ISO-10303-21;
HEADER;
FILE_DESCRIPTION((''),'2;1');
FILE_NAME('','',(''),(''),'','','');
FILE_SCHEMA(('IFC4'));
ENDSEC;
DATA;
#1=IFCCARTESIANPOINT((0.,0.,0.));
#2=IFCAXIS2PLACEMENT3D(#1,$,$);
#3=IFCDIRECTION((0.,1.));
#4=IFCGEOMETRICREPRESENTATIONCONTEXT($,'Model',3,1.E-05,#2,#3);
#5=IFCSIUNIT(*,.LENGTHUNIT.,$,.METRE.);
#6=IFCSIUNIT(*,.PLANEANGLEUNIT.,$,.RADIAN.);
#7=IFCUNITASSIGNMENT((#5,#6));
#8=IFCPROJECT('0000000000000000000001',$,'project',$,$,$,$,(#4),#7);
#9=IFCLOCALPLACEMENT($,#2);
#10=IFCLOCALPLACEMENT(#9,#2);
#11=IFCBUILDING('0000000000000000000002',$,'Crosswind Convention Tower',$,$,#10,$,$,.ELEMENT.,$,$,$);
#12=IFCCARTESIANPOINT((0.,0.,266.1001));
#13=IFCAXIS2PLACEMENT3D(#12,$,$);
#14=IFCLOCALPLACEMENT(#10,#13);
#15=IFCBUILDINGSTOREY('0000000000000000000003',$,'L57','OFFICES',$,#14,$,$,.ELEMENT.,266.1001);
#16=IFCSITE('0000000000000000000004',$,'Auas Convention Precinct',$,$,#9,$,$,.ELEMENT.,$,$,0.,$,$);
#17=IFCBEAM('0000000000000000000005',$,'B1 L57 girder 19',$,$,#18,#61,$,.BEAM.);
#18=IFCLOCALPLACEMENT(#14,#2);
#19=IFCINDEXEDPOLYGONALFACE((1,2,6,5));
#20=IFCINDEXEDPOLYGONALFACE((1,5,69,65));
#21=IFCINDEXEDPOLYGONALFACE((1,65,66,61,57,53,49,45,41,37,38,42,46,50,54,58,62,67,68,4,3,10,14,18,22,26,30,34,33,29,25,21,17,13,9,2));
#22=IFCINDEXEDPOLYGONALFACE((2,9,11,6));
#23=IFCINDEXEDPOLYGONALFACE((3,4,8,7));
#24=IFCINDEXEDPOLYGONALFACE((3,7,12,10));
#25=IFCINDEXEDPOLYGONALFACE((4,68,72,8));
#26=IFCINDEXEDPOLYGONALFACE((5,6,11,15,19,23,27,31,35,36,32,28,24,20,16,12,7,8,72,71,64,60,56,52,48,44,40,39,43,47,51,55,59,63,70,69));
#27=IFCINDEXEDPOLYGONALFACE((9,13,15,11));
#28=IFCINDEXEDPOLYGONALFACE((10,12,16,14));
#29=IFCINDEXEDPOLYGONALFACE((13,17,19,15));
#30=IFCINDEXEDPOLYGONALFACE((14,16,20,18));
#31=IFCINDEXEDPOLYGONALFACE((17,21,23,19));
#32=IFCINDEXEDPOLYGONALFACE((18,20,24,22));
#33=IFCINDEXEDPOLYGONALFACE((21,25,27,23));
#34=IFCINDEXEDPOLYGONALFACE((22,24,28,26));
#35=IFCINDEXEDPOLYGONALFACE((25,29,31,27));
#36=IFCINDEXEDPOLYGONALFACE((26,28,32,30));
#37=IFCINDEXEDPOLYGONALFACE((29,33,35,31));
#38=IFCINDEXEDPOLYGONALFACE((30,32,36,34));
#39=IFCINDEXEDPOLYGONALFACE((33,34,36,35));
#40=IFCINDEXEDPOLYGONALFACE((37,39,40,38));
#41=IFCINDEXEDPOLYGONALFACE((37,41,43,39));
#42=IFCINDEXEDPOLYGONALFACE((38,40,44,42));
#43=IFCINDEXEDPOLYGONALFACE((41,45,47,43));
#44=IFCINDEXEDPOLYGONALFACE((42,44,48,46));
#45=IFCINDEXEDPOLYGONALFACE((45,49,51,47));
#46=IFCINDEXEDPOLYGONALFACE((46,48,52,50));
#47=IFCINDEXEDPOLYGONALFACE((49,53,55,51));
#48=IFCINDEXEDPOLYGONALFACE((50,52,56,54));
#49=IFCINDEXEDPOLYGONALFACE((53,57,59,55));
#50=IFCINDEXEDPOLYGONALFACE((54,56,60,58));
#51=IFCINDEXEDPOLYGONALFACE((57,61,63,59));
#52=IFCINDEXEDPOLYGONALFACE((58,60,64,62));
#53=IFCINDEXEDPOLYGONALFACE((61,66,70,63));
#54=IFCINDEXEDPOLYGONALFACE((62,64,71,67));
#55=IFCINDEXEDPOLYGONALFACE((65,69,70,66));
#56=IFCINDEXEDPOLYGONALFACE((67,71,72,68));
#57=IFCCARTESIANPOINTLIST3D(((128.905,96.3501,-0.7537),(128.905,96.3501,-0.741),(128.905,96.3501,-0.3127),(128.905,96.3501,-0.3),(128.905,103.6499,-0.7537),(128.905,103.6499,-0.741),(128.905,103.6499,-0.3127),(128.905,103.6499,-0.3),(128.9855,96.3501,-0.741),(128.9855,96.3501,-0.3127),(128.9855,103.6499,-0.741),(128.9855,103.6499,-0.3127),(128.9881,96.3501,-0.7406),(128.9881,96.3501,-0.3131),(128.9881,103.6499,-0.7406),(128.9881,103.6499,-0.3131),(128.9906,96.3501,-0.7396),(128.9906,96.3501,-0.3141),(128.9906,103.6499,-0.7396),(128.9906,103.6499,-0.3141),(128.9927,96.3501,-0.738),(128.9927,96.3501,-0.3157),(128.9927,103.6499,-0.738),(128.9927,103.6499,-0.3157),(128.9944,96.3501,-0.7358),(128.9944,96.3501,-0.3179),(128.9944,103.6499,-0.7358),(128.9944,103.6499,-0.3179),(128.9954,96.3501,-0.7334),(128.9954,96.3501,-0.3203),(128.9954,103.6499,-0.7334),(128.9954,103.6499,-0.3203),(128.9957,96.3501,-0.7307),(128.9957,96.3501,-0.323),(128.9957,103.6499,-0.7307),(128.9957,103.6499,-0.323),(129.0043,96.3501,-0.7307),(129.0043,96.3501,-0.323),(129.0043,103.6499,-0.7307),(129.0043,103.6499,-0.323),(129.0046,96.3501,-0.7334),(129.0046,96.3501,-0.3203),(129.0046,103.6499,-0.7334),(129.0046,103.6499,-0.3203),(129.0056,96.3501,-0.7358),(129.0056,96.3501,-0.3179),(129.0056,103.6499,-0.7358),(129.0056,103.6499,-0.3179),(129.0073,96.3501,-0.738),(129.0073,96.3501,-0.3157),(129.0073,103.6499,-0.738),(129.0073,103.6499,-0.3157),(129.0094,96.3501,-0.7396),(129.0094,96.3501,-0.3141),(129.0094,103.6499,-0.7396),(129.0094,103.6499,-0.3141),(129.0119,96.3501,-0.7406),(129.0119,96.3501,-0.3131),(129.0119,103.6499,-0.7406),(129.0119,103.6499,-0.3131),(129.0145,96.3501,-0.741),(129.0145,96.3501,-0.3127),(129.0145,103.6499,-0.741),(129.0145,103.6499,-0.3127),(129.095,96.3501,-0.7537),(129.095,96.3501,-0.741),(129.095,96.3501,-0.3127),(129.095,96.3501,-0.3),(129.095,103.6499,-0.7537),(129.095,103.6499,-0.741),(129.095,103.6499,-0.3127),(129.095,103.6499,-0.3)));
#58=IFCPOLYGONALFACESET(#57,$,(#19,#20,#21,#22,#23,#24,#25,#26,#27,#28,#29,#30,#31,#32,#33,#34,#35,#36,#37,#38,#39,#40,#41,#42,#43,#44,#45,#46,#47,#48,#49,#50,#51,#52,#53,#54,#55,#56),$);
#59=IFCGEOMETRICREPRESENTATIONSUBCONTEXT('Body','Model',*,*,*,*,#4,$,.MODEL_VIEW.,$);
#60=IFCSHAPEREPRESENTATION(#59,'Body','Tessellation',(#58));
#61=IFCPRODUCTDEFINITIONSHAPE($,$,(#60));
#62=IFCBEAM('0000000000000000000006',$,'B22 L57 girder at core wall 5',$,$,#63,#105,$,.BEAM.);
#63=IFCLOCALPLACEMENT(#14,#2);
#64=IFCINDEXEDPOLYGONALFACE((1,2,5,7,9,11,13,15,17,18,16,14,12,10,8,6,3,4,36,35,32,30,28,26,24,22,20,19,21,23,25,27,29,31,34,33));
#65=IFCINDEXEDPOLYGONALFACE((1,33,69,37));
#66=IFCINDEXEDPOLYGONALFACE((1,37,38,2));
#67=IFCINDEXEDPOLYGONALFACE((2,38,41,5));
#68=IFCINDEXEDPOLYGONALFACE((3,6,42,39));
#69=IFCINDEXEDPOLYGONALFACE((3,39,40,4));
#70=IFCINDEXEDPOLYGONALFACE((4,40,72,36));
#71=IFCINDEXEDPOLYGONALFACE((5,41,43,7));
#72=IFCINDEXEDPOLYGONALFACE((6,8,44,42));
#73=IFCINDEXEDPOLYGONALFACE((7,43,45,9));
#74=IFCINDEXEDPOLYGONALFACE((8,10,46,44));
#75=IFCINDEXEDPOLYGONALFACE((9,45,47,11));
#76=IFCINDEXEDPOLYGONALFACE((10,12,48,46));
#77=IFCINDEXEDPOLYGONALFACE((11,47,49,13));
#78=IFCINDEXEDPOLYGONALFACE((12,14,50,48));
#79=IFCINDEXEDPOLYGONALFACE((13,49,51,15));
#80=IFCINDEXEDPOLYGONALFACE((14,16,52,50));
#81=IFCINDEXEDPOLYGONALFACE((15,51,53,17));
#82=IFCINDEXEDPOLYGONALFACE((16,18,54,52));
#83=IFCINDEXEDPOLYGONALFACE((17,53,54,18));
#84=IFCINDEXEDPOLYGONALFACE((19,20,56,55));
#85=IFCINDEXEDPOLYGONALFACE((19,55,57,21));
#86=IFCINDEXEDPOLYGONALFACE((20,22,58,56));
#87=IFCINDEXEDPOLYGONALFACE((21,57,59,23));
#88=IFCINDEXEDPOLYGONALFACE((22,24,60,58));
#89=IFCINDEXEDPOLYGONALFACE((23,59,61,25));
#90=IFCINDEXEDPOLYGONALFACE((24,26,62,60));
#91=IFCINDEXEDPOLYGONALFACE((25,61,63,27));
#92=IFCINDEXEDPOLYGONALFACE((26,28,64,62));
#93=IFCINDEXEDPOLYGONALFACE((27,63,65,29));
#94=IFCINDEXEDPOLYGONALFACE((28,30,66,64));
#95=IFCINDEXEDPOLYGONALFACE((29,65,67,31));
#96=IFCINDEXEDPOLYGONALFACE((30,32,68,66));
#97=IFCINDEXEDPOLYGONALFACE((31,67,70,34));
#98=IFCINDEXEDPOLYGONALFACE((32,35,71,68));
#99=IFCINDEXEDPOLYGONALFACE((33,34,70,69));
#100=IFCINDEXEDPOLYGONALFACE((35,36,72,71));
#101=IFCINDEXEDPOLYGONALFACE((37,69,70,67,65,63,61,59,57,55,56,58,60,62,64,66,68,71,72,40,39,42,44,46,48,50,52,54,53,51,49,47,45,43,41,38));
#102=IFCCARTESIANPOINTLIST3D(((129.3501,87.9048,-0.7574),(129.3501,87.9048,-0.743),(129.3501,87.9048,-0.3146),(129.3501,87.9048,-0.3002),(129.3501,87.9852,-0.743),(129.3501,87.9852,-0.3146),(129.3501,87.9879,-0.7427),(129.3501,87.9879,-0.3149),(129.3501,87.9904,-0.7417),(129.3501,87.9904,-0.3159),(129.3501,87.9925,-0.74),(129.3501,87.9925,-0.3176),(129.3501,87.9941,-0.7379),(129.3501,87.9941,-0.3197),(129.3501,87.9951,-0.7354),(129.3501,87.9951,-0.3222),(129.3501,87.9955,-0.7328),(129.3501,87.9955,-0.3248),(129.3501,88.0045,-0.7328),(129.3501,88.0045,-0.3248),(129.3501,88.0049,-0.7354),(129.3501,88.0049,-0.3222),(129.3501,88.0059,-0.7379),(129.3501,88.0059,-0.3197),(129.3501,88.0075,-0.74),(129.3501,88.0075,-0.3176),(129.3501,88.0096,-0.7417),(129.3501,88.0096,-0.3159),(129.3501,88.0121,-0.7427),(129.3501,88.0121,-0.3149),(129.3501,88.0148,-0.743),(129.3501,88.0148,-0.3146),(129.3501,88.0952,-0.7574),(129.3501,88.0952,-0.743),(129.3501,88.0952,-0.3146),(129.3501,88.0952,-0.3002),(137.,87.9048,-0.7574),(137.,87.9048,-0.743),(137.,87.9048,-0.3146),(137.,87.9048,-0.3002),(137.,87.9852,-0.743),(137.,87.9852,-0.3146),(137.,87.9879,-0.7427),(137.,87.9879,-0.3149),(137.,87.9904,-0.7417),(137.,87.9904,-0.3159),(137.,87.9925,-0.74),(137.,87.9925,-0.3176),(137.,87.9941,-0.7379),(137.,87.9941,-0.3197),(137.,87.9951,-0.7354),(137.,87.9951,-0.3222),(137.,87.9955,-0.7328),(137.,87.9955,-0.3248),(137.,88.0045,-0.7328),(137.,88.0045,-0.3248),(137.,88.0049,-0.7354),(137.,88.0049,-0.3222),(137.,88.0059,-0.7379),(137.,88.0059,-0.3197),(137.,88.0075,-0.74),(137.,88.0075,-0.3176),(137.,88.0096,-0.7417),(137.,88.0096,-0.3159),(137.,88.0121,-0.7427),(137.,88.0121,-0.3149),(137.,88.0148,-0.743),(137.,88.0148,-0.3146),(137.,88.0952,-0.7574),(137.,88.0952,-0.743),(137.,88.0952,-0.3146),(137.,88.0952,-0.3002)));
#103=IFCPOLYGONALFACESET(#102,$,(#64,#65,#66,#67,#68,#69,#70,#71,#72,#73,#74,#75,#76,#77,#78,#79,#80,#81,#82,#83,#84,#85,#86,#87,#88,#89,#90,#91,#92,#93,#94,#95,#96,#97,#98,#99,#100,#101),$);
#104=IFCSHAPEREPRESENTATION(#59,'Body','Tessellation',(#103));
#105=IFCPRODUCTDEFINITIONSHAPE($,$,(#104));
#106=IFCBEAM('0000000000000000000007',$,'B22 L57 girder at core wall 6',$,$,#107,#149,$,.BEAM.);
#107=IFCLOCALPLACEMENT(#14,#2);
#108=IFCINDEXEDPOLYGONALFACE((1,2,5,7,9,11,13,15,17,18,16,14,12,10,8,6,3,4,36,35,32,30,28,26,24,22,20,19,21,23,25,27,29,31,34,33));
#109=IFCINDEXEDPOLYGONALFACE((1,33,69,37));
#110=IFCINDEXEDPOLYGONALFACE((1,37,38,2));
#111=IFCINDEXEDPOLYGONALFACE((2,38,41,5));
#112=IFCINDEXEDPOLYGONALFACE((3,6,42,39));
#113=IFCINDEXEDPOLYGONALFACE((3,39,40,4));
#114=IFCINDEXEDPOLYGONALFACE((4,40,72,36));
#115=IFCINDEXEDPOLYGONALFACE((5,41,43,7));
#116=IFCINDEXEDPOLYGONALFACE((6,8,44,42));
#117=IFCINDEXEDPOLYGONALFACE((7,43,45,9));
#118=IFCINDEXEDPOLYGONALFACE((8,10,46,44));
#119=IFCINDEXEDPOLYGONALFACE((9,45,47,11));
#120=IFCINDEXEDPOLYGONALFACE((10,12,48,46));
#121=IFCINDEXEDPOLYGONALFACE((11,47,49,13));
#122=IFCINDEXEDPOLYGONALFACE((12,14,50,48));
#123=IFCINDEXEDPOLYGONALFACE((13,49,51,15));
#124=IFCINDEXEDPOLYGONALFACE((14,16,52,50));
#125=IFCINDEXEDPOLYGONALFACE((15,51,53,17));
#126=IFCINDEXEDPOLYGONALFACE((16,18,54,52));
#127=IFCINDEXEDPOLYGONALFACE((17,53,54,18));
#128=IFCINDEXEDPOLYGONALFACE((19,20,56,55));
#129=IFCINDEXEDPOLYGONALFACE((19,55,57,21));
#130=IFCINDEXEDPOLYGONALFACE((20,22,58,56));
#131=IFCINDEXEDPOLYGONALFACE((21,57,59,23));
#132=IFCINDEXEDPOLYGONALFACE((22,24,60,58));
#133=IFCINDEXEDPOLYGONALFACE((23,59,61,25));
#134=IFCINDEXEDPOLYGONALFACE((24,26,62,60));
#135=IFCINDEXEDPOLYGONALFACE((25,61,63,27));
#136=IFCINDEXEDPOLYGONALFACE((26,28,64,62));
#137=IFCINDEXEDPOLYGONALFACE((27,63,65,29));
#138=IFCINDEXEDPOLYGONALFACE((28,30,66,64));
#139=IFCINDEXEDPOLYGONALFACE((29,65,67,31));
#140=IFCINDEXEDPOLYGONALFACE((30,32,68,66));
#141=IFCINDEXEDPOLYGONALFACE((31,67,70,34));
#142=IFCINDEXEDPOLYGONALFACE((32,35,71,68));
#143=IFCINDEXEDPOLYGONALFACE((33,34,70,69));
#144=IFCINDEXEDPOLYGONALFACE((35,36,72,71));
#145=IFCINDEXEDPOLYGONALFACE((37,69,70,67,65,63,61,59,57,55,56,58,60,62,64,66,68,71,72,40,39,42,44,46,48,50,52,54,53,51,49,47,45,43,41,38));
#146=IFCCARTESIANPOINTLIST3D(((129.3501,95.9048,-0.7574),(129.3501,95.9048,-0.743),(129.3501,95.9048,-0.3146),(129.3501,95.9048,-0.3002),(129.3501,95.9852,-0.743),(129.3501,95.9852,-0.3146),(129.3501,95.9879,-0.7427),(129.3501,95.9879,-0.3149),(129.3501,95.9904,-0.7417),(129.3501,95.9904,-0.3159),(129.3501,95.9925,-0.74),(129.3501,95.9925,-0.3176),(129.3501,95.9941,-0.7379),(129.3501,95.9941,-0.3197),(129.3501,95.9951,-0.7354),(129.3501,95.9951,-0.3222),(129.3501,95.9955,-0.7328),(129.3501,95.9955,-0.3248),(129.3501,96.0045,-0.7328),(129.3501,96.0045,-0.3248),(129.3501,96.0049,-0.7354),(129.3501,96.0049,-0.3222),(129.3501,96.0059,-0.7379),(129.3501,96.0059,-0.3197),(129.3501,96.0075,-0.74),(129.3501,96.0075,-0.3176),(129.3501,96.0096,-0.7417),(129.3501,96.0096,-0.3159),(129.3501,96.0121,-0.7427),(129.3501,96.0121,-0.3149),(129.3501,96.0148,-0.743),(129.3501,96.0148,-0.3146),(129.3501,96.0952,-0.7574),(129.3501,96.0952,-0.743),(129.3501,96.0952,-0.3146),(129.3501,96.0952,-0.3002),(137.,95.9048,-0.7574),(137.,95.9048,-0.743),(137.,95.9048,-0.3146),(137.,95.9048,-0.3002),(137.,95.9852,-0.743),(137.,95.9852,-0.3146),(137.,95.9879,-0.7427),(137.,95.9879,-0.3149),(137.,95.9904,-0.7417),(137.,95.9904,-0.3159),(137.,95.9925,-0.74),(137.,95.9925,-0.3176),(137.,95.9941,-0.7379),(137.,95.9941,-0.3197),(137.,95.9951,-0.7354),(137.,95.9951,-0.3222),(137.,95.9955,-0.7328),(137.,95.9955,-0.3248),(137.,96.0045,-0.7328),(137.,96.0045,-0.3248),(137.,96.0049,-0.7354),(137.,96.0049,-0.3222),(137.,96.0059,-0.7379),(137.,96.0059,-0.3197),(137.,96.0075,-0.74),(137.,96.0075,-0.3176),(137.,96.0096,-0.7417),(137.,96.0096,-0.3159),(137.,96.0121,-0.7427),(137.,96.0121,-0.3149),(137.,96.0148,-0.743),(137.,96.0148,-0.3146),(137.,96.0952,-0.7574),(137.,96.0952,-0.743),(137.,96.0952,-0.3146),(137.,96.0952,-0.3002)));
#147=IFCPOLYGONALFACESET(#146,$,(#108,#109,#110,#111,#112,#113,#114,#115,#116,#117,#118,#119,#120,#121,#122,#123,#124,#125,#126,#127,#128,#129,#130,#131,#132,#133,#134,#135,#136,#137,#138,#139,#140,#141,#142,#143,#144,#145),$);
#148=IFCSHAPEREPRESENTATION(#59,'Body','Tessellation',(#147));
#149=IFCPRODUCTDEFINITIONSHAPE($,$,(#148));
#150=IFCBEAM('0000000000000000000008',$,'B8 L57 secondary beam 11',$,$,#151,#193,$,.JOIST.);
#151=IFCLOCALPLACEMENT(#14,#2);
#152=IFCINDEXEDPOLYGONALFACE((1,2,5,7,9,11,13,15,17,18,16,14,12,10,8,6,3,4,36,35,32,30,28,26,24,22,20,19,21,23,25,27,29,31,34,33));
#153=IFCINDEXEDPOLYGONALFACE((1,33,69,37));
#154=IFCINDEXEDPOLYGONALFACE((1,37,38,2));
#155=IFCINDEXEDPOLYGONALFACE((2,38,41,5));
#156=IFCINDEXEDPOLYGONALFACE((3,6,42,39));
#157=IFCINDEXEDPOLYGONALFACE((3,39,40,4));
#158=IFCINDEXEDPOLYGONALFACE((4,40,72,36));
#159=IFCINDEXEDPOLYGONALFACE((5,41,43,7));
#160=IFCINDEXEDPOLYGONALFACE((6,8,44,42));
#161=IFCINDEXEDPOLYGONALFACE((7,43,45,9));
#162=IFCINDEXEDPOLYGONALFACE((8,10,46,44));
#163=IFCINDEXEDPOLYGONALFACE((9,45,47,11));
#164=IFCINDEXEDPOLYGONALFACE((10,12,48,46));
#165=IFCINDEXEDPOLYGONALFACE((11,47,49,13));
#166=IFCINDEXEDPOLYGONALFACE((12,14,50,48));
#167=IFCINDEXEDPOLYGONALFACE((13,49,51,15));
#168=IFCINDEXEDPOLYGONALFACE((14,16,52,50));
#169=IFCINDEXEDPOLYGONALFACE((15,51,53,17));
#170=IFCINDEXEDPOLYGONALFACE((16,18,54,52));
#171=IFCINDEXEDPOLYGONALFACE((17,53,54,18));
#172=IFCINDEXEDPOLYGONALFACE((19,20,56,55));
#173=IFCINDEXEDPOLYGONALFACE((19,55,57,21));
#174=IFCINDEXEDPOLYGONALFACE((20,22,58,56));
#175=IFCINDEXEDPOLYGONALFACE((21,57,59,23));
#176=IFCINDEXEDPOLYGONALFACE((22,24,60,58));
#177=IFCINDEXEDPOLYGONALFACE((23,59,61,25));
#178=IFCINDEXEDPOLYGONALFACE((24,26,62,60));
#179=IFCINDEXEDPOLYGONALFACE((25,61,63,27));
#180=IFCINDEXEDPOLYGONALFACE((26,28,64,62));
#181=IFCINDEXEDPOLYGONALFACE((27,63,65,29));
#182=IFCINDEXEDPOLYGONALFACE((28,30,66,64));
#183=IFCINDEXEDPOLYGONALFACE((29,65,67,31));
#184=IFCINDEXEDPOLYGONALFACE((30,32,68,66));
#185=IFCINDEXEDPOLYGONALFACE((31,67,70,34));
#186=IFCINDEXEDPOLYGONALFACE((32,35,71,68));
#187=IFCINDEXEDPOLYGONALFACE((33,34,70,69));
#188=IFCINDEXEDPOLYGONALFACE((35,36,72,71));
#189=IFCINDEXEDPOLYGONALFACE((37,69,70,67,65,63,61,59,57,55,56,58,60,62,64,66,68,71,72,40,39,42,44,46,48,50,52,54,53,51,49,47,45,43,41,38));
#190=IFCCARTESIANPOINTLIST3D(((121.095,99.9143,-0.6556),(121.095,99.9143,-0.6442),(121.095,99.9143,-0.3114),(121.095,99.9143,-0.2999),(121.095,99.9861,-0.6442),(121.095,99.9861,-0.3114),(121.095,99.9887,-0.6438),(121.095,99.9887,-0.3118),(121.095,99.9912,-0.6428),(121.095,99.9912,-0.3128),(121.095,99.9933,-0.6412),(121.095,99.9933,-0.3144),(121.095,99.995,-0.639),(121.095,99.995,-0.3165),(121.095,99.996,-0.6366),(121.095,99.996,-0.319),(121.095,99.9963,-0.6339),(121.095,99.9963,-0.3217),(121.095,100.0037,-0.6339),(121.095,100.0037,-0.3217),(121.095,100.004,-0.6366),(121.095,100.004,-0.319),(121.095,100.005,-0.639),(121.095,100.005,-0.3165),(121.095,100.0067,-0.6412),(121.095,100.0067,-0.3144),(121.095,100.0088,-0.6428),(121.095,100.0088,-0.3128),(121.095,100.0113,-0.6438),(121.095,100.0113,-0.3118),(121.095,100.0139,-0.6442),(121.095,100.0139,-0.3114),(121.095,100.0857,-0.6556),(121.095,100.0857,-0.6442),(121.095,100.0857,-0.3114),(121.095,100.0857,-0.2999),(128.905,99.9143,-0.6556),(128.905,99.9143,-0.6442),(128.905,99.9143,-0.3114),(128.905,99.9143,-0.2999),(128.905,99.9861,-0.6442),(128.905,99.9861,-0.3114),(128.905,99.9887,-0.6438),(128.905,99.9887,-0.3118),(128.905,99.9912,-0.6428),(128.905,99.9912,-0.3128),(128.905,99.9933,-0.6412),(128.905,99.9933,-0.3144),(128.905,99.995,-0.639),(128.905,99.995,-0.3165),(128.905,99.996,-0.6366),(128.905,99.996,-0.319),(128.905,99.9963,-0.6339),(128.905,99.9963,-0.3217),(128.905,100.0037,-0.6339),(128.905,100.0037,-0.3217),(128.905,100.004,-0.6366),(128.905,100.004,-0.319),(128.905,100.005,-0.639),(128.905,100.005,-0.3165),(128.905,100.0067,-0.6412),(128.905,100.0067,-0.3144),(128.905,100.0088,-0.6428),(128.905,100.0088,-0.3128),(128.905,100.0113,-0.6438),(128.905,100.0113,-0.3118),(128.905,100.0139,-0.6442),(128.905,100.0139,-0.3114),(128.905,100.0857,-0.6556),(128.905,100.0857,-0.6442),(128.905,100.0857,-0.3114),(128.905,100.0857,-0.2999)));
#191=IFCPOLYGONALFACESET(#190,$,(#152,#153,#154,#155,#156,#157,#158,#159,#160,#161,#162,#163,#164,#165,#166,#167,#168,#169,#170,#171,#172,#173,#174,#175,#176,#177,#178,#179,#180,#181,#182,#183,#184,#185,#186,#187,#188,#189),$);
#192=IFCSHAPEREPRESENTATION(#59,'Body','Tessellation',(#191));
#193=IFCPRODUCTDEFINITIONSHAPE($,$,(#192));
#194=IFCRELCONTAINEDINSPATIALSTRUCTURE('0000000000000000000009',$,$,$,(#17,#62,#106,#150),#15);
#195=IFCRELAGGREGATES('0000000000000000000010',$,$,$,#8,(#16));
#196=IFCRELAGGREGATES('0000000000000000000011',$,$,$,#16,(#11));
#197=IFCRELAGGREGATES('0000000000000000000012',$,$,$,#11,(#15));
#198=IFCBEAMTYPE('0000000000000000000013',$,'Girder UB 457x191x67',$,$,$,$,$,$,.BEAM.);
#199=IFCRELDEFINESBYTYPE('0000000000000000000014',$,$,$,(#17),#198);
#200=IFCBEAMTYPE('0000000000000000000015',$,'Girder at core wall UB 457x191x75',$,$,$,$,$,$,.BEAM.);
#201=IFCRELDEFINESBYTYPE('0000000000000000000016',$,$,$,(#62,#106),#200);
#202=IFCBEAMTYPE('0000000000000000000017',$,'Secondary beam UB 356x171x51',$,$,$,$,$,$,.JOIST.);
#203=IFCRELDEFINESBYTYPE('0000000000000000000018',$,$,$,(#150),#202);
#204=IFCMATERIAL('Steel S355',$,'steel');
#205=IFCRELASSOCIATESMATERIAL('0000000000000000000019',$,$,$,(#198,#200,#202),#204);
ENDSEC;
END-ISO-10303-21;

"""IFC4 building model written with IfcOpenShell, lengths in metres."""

from ifc_helpers import new_model, si_unit, direction, frame, origin, origin_2d, place, context, subcontext, project, spatial, i_section, extrude, material, material_profile, profile_set, type_object, element, save


model = new_model("IFC4")

# Units and contexts
model_context = context("Model", 3, precision=1e-05, world=origin(), true_north=direction((0.0, 1.0)))
body_context = subcontext(model_context, "Body", "Model", "MODEL_VIEW")
ifc_project = project(units=[si_unit("LENGTHUNIT", "METRE"), si_unit("PLANEANGLEUNIT", "RADIAN")], contexts=[model_context])

# Site, building, storey
site_placement = place(None, origin())
site = spatial("IfcSite", under=ifc_project, at=site_placement, Name="Auas Convention Precinct", CompositionType="ELEMENT", RefElevation=0.0)
building_placement = place(site_placement, origin())
building = spatial("IfcBuilding", under=site, at=building_placement, Name="Crosswind Convention Tower", CompositionType="ELEMENT")
storey_placement = place(building_placement, frame((0.0, 0.0, 266.1001)))
storey = spatial("IfcBuildingStorey", under=building, at=storey_placement, Name="L57", Description="OFFICES", CompositionType="ELEMENT", Elevation=266.1001)

# Beams
ifc_material_1 = material(Name="Steel S355", Category="steel")
ifc_material_profile_1 = material_profile(ifc_material_1, i_section(OverallWidth=0.1899, OverallDepth=0.4536, WebThickness=0.0085, FlangeThickness=0.0127, FilletRadius=0.0103, at=origin_2d()), Name="UB 457x191x67")
ifc_profile_set_1 = profile_set([ifc_material_profile_1], Name="Steel S355")
beam_type_1 = type_object("IfcBeamType", Name="Girder UB 457x191x67", PredefinedType="BEAM", material=ifc_profile_set_1)
for number, where, z_axis, x_axis, name in (
    (1, (129.0, 96.3501, -0.5269), (0.0, 1.0, 0.0), (-1.0, 0.0, 0.0), "B1 L57 girder 19"),
):
    element("IfcBeam", number, at=place(storey_placement, frame(where, z_axis=z_axis, x_axis=x_axis)), inside=storey, type_object=beam_type_1, Name=name, PredefinedType="BEAM", context=body_context, shape_type="SweptSolid", body=[
        extrude(i_section(OverallWidth=0.1899, OverallDepth=0.4536, WebThickness=0.0085, FlangeThickness=0.0127, FilletRadius=0.0103, at=origin_2d()), origin(), (0.0, 0.0, 1.0), 7.2998),
    ])
ifc_material_profile_2 = material_profile(ifc_material_1, i_section(OverallWidth=0.1904, OverallDepth=0.4573, WebThickness=0.009, FlangeThickness=0.0144, FilletRadius=0.0103, at=origin_2d()), Name="UB 457x191x75")
ifc_profile_set_2 = profile_set([ifc_material_profile_2], Name="Steel S355")
beam_type_2 = type_object("IfcBeamType", Name="Girder at core wall UB 457x191x75", PredefinedType="BEAM", material=ifc_profile_set_2)
for number, where, z_axis, x_axis, name in (
    (2, (129.3501, 88.0, -0.5288), (1.0, 0.0, 0.0), (0.0, 1.0, 0.0), "B22 L57 girder at core wall 5"),
    (3, (129.3501, 96.0, -0.5288), (1.0, 0.0, 0.0), (0.0, 1.0, 0.0), "B22 L57 girder at core wall 6"),
):
    element("IfcBeam", number, at=place(storey_placement, frame(where, z_axis=z_axis, x_axis=x_axis)), inside=storey, type_object=beam_type_2, Name=name, PredefinedType="BEAM", context=body_context, shape_type="SweptSolid", body=[
        extrude(i_section(OverallWidth=0.1904, OverallDepth=0.4573, WebThickness=0.009, FlangeThickness=0.0144, FilletRadius=0.0103, at=origin_2d()), origin(), (0.0, 0.0, 1.0), 7.6499),
    ])
ifc_material_profile_3 = material_profile(ifc_material_1, i_section(OverallWidth=0.1714, OverallDepth=0.3557, WebThickness=0.0073, FlangeThickness=0.0115, FilletRadius=0.0103, at=origin_2d()), Name="UB 356x171x51")
ifc_profile_set_3 = profile_set([ifc_material_profile_3], Name="Steel S355")
beam_type_3 = type_object("IfcBeamType", Name="Secondary beam UB 356x171x51", PredefinedType="JOIST", material=ifc_profile_set_3)
beam_1_placement = place(storey_placement, frame((121.095, 100.0, -0.4778), z_axis=(1.0, 0.0, 0.0), x_axis=(0.0, 1.0, 0.0)))
element("IfcBeam", 4, at=beam_1_placement, inside=storey, type_object=beam_type_3, Name="B8 L57 secondary beam 11", PredefinedType="JOIST", context=body_context, shape_type="SweptSolid", body=[
    extrude(i_section(OverallWidth=0.1714, OverallDepth=0.3557, WebThickness=0.0073, FlangeThickness=0.0115, FilletRadius=0.0103, at=origin_2d()), origin(), (0.0, 0.0, 1.0), 7.8101),
])

save(model, "model.ifc")
